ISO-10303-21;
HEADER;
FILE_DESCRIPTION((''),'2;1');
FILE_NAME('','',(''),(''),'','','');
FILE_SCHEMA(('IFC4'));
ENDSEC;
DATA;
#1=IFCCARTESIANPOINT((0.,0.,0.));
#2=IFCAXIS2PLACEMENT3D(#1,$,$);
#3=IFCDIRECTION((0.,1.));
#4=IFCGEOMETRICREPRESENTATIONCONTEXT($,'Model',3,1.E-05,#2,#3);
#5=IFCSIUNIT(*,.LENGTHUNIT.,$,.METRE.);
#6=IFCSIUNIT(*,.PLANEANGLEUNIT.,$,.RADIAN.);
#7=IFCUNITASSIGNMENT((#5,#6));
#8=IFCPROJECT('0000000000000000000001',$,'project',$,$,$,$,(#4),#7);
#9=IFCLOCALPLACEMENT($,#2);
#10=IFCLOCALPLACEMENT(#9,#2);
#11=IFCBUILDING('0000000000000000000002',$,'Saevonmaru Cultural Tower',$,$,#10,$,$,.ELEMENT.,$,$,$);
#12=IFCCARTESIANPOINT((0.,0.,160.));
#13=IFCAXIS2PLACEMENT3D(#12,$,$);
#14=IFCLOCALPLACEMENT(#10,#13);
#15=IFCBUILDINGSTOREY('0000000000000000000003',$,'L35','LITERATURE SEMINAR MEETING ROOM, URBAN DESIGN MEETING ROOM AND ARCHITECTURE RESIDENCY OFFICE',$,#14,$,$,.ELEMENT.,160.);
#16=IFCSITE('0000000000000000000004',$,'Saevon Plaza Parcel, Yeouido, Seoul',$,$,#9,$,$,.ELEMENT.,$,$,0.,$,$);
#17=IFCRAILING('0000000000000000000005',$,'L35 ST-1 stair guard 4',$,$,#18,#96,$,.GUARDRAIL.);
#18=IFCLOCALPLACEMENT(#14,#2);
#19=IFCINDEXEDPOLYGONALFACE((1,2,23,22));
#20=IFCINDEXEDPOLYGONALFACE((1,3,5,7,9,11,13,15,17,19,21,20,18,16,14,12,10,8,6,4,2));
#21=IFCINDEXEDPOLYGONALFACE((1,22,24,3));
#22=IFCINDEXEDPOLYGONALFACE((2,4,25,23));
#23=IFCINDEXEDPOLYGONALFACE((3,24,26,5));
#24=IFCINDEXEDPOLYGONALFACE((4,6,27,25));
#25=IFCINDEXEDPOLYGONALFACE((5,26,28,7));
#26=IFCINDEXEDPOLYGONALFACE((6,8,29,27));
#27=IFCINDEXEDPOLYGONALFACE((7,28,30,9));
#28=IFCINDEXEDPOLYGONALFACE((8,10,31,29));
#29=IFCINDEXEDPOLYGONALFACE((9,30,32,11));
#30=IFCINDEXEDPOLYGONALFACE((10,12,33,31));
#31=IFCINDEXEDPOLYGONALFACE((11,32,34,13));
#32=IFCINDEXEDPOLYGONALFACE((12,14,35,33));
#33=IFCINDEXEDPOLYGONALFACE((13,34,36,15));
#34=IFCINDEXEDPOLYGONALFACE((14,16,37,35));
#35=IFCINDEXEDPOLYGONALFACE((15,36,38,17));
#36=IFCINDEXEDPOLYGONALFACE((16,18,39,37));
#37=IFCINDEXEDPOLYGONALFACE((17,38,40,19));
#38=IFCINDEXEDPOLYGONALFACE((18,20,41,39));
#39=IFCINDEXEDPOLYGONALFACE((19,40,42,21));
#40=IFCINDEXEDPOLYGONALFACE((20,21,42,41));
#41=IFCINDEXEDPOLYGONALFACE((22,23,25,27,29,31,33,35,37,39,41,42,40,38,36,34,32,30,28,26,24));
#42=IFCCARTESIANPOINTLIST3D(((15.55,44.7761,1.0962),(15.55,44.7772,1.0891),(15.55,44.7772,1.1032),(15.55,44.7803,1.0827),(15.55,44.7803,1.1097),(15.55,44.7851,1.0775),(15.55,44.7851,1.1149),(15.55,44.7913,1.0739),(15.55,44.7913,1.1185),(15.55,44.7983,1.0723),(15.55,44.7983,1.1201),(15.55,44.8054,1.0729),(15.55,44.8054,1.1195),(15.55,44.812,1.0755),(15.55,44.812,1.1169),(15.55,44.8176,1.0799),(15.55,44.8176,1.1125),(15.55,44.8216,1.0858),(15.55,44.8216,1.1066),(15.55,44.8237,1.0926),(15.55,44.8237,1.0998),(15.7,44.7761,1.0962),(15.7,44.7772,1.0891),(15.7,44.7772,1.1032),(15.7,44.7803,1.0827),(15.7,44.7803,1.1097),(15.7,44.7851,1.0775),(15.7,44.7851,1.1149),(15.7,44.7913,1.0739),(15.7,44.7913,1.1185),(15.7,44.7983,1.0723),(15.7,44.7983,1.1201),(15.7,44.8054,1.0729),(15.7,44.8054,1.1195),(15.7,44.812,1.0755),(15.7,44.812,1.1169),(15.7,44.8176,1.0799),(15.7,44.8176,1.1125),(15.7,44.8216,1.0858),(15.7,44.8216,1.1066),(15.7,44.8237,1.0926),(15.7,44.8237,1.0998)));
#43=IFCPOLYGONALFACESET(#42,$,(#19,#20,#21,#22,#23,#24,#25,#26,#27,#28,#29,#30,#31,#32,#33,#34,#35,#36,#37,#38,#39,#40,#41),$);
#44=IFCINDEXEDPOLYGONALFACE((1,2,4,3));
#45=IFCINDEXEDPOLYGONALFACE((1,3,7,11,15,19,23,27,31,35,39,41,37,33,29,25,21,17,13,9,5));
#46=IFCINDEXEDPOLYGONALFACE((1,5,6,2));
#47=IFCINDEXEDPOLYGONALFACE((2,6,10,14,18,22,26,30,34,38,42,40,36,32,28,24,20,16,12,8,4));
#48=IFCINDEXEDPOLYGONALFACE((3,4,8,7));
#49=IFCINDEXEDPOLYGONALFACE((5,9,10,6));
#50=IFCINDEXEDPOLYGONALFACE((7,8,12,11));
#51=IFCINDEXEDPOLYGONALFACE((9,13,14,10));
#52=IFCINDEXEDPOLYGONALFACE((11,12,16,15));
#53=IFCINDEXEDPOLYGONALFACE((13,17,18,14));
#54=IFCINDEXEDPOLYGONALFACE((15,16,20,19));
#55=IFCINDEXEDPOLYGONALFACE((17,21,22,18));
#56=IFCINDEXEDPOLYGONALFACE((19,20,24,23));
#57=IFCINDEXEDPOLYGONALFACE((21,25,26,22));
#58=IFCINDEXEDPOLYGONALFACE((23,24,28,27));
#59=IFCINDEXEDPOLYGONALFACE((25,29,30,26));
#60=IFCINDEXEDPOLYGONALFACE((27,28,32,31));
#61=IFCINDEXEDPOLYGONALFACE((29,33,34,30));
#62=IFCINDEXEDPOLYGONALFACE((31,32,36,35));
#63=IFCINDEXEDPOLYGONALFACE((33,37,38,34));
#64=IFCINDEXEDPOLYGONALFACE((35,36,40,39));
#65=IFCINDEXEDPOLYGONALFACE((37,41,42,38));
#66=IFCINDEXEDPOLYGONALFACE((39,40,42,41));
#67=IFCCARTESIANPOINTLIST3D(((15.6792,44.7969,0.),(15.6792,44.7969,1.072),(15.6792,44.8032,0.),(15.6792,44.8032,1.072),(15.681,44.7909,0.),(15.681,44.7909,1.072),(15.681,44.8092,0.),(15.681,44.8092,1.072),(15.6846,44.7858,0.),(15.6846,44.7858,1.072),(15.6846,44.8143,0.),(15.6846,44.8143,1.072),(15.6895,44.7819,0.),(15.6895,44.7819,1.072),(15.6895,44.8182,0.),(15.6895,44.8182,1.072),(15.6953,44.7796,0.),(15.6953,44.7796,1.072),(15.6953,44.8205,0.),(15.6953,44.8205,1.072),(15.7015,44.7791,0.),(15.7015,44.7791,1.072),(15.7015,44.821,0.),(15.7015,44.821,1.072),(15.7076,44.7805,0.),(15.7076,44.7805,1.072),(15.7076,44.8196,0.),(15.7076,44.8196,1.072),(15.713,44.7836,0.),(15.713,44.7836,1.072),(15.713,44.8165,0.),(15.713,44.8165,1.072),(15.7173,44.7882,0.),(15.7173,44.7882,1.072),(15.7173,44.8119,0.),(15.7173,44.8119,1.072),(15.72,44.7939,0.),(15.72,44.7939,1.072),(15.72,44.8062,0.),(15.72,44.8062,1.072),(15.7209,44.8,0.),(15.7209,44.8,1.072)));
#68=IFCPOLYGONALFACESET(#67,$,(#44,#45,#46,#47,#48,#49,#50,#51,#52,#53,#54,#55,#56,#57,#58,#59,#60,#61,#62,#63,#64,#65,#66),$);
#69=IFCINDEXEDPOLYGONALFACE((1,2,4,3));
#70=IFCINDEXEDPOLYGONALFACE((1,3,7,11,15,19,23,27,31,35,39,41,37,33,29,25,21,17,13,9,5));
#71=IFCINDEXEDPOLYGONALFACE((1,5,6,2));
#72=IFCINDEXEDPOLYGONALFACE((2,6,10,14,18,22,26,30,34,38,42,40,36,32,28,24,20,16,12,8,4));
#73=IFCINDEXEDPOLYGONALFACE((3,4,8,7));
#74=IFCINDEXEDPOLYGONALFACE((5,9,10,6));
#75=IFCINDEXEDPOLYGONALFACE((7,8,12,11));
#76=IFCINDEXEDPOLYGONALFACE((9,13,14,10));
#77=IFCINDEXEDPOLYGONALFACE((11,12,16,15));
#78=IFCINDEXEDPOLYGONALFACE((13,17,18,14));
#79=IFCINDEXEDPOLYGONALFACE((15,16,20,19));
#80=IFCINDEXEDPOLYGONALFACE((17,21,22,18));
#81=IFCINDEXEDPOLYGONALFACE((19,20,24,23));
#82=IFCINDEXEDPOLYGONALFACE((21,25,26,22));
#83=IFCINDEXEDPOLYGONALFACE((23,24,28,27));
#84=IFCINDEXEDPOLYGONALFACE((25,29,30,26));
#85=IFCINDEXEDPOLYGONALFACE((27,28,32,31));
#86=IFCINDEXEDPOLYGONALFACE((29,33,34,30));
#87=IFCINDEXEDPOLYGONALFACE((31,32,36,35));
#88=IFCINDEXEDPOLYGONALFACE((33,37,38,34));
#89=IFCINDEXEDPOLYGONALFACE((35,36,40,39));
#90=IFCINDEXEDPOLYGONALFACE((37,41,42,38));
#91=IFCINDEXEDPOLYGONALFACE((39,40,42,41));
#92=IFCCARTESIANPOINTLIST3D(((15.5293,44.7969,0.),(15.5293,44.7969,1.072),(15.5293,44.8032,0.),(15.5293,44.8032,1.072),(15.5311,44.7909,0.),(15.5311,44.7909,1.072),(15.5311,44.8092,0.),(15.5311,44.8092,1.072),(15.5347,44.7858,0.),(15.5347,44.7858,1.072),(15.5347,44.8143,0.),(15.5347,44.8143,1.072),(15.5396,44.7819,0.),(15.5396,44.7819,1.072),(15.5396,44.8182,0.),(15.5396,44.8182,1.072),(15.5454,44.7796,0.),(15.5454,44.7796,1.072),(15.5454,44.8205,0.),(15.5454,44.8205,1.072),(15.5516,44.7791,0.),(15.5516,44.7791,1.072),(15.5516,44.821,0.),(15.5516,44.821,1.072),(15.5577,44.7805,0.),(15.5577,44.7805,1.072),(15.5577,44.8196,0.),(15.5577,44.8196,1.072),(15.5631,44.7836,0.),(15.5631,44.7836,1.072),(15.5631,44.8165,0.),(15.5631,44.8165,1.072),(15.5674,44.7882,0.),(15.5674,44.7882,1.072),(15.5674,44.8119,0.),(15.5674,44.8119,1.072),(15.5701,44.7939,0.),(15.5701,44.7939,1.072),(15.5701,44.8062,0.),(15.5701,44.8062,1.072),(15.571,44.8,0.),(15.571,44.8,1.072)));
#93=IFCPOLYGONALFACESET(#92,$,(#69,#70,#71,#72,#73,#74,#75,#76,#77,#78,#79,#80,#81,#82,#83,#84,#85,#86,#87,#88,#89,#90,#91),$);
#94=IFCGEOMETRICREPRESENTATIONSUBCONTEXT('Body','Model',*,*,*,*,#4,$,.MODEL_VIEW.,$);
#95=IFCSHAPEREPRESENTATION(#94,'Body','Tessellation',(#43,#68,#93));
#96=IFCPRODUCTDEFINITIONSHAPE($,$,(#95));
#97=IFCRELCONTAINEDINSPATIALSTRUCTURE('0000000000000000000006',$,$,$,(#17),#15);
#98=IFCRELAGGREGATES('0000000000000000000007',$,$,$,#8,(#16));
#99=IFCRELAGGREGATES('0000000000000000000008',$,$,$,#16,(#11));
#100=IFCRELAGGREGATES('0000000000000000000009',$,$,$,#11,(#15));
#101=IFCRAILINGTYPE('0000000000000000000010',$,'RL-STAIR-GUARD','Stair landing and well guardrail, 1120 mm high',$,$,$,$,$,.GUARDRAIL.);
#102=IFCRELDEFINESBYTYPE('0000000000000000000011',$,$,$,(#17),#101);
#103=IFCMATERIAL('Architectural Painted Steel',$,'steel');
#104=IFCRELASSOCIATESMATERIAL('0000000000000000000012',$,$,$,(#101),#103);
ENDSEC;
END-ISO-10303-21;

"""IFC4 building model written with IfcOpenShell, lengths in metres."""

from ifc_helpers import new_model, si_unit, direction, frame, origin, origin_2d, place, context, subcontext, project, spatial, circle, extrude, material, type_object, element, save


model = new_model("IFC4")

# Units and contexts
model_context = context("Model", 3, precision=1e-05, world=origin(), true_north=direction((0.0, 1.0)))
body_context = subcontext(model_context, "Body", "Model", "MODEL_VIEW")
ifc_project = project(units=[si_unit("LENGTHUNIT", "METRE"), si_unit("PLANEANGLEUNIT", "RADIAN")], contexts=[model_context])

# Site, building, storey
site_placement = place(None, origin())
site = spatial("IfcSite", under=ifc_project, at=site_placement, Name="Saevon Plaza Parcel, Yeouido, Seoul", CompositionType="ELEMENT", RefElevation=0.0)
building_placement = place(site_placement, origin())
building = spatial("IfcBuilding", under=site, at=building_placement, Name="Saevonmaru Cultural Tower", CompositionType="ELEMENT")
storey_placement = place(building_placement, frame((0.0, 0.0, 160.0)))
storey = spatial("IfcBuildingStorey", under=building, at=storey_placement, Name="L35", Description="LITERATURE SEMINAR MEETING ROOM, URBAN DESIGN MEETING ROOM AND ARCHITECTURE RESIDENCY OFFICE", CompositionType="ELEMENT", Elevation=160.0)

# Railing
ifc_material_1 = material(Name="Architectural Painted Steel", Category="steel")
railing_type_1 = type_object("IfcRailingType", Name="RL-STAIR-GUARD", Description="Stair landing and well guardrail, 1120 mm high", PredefinedType="GUARDRAIL", material=ifc_material_1)
railing_1_placement = place(storey_placement, frame((15.7, 44.8, 0.0)))
element("IfcRailing", 1, at=railing_1_placement, inside=storey, type_object=railing_type_1, Name="L35 ST-1 stair guard 4", PredefinedType="GUARDRAIL", context=body_context, shape_type="SweptSolid", body=[
    extrude(circle(Radius=0.0239, at=origin_2d()), frame((0.0, 0.0, 1.0962), z_axis=(-1.0, 0.0, 0.0), x_axis=(0.0, -1.0, 0.0)), (0.0, 0.0, 1.0), 0.1499),
    extrude(circle(Radius=0.021, at=origin_2d()), origin(), (0.0, 0.0, 1.0), 1.072),
    extrude(circle(Radius=0.021, at=origin_2d()), frame((-0.1499, 0.0, 0.0)), (0.0, 0.0, 1.0), 1.072),
])

save(model, "model.ifc")
